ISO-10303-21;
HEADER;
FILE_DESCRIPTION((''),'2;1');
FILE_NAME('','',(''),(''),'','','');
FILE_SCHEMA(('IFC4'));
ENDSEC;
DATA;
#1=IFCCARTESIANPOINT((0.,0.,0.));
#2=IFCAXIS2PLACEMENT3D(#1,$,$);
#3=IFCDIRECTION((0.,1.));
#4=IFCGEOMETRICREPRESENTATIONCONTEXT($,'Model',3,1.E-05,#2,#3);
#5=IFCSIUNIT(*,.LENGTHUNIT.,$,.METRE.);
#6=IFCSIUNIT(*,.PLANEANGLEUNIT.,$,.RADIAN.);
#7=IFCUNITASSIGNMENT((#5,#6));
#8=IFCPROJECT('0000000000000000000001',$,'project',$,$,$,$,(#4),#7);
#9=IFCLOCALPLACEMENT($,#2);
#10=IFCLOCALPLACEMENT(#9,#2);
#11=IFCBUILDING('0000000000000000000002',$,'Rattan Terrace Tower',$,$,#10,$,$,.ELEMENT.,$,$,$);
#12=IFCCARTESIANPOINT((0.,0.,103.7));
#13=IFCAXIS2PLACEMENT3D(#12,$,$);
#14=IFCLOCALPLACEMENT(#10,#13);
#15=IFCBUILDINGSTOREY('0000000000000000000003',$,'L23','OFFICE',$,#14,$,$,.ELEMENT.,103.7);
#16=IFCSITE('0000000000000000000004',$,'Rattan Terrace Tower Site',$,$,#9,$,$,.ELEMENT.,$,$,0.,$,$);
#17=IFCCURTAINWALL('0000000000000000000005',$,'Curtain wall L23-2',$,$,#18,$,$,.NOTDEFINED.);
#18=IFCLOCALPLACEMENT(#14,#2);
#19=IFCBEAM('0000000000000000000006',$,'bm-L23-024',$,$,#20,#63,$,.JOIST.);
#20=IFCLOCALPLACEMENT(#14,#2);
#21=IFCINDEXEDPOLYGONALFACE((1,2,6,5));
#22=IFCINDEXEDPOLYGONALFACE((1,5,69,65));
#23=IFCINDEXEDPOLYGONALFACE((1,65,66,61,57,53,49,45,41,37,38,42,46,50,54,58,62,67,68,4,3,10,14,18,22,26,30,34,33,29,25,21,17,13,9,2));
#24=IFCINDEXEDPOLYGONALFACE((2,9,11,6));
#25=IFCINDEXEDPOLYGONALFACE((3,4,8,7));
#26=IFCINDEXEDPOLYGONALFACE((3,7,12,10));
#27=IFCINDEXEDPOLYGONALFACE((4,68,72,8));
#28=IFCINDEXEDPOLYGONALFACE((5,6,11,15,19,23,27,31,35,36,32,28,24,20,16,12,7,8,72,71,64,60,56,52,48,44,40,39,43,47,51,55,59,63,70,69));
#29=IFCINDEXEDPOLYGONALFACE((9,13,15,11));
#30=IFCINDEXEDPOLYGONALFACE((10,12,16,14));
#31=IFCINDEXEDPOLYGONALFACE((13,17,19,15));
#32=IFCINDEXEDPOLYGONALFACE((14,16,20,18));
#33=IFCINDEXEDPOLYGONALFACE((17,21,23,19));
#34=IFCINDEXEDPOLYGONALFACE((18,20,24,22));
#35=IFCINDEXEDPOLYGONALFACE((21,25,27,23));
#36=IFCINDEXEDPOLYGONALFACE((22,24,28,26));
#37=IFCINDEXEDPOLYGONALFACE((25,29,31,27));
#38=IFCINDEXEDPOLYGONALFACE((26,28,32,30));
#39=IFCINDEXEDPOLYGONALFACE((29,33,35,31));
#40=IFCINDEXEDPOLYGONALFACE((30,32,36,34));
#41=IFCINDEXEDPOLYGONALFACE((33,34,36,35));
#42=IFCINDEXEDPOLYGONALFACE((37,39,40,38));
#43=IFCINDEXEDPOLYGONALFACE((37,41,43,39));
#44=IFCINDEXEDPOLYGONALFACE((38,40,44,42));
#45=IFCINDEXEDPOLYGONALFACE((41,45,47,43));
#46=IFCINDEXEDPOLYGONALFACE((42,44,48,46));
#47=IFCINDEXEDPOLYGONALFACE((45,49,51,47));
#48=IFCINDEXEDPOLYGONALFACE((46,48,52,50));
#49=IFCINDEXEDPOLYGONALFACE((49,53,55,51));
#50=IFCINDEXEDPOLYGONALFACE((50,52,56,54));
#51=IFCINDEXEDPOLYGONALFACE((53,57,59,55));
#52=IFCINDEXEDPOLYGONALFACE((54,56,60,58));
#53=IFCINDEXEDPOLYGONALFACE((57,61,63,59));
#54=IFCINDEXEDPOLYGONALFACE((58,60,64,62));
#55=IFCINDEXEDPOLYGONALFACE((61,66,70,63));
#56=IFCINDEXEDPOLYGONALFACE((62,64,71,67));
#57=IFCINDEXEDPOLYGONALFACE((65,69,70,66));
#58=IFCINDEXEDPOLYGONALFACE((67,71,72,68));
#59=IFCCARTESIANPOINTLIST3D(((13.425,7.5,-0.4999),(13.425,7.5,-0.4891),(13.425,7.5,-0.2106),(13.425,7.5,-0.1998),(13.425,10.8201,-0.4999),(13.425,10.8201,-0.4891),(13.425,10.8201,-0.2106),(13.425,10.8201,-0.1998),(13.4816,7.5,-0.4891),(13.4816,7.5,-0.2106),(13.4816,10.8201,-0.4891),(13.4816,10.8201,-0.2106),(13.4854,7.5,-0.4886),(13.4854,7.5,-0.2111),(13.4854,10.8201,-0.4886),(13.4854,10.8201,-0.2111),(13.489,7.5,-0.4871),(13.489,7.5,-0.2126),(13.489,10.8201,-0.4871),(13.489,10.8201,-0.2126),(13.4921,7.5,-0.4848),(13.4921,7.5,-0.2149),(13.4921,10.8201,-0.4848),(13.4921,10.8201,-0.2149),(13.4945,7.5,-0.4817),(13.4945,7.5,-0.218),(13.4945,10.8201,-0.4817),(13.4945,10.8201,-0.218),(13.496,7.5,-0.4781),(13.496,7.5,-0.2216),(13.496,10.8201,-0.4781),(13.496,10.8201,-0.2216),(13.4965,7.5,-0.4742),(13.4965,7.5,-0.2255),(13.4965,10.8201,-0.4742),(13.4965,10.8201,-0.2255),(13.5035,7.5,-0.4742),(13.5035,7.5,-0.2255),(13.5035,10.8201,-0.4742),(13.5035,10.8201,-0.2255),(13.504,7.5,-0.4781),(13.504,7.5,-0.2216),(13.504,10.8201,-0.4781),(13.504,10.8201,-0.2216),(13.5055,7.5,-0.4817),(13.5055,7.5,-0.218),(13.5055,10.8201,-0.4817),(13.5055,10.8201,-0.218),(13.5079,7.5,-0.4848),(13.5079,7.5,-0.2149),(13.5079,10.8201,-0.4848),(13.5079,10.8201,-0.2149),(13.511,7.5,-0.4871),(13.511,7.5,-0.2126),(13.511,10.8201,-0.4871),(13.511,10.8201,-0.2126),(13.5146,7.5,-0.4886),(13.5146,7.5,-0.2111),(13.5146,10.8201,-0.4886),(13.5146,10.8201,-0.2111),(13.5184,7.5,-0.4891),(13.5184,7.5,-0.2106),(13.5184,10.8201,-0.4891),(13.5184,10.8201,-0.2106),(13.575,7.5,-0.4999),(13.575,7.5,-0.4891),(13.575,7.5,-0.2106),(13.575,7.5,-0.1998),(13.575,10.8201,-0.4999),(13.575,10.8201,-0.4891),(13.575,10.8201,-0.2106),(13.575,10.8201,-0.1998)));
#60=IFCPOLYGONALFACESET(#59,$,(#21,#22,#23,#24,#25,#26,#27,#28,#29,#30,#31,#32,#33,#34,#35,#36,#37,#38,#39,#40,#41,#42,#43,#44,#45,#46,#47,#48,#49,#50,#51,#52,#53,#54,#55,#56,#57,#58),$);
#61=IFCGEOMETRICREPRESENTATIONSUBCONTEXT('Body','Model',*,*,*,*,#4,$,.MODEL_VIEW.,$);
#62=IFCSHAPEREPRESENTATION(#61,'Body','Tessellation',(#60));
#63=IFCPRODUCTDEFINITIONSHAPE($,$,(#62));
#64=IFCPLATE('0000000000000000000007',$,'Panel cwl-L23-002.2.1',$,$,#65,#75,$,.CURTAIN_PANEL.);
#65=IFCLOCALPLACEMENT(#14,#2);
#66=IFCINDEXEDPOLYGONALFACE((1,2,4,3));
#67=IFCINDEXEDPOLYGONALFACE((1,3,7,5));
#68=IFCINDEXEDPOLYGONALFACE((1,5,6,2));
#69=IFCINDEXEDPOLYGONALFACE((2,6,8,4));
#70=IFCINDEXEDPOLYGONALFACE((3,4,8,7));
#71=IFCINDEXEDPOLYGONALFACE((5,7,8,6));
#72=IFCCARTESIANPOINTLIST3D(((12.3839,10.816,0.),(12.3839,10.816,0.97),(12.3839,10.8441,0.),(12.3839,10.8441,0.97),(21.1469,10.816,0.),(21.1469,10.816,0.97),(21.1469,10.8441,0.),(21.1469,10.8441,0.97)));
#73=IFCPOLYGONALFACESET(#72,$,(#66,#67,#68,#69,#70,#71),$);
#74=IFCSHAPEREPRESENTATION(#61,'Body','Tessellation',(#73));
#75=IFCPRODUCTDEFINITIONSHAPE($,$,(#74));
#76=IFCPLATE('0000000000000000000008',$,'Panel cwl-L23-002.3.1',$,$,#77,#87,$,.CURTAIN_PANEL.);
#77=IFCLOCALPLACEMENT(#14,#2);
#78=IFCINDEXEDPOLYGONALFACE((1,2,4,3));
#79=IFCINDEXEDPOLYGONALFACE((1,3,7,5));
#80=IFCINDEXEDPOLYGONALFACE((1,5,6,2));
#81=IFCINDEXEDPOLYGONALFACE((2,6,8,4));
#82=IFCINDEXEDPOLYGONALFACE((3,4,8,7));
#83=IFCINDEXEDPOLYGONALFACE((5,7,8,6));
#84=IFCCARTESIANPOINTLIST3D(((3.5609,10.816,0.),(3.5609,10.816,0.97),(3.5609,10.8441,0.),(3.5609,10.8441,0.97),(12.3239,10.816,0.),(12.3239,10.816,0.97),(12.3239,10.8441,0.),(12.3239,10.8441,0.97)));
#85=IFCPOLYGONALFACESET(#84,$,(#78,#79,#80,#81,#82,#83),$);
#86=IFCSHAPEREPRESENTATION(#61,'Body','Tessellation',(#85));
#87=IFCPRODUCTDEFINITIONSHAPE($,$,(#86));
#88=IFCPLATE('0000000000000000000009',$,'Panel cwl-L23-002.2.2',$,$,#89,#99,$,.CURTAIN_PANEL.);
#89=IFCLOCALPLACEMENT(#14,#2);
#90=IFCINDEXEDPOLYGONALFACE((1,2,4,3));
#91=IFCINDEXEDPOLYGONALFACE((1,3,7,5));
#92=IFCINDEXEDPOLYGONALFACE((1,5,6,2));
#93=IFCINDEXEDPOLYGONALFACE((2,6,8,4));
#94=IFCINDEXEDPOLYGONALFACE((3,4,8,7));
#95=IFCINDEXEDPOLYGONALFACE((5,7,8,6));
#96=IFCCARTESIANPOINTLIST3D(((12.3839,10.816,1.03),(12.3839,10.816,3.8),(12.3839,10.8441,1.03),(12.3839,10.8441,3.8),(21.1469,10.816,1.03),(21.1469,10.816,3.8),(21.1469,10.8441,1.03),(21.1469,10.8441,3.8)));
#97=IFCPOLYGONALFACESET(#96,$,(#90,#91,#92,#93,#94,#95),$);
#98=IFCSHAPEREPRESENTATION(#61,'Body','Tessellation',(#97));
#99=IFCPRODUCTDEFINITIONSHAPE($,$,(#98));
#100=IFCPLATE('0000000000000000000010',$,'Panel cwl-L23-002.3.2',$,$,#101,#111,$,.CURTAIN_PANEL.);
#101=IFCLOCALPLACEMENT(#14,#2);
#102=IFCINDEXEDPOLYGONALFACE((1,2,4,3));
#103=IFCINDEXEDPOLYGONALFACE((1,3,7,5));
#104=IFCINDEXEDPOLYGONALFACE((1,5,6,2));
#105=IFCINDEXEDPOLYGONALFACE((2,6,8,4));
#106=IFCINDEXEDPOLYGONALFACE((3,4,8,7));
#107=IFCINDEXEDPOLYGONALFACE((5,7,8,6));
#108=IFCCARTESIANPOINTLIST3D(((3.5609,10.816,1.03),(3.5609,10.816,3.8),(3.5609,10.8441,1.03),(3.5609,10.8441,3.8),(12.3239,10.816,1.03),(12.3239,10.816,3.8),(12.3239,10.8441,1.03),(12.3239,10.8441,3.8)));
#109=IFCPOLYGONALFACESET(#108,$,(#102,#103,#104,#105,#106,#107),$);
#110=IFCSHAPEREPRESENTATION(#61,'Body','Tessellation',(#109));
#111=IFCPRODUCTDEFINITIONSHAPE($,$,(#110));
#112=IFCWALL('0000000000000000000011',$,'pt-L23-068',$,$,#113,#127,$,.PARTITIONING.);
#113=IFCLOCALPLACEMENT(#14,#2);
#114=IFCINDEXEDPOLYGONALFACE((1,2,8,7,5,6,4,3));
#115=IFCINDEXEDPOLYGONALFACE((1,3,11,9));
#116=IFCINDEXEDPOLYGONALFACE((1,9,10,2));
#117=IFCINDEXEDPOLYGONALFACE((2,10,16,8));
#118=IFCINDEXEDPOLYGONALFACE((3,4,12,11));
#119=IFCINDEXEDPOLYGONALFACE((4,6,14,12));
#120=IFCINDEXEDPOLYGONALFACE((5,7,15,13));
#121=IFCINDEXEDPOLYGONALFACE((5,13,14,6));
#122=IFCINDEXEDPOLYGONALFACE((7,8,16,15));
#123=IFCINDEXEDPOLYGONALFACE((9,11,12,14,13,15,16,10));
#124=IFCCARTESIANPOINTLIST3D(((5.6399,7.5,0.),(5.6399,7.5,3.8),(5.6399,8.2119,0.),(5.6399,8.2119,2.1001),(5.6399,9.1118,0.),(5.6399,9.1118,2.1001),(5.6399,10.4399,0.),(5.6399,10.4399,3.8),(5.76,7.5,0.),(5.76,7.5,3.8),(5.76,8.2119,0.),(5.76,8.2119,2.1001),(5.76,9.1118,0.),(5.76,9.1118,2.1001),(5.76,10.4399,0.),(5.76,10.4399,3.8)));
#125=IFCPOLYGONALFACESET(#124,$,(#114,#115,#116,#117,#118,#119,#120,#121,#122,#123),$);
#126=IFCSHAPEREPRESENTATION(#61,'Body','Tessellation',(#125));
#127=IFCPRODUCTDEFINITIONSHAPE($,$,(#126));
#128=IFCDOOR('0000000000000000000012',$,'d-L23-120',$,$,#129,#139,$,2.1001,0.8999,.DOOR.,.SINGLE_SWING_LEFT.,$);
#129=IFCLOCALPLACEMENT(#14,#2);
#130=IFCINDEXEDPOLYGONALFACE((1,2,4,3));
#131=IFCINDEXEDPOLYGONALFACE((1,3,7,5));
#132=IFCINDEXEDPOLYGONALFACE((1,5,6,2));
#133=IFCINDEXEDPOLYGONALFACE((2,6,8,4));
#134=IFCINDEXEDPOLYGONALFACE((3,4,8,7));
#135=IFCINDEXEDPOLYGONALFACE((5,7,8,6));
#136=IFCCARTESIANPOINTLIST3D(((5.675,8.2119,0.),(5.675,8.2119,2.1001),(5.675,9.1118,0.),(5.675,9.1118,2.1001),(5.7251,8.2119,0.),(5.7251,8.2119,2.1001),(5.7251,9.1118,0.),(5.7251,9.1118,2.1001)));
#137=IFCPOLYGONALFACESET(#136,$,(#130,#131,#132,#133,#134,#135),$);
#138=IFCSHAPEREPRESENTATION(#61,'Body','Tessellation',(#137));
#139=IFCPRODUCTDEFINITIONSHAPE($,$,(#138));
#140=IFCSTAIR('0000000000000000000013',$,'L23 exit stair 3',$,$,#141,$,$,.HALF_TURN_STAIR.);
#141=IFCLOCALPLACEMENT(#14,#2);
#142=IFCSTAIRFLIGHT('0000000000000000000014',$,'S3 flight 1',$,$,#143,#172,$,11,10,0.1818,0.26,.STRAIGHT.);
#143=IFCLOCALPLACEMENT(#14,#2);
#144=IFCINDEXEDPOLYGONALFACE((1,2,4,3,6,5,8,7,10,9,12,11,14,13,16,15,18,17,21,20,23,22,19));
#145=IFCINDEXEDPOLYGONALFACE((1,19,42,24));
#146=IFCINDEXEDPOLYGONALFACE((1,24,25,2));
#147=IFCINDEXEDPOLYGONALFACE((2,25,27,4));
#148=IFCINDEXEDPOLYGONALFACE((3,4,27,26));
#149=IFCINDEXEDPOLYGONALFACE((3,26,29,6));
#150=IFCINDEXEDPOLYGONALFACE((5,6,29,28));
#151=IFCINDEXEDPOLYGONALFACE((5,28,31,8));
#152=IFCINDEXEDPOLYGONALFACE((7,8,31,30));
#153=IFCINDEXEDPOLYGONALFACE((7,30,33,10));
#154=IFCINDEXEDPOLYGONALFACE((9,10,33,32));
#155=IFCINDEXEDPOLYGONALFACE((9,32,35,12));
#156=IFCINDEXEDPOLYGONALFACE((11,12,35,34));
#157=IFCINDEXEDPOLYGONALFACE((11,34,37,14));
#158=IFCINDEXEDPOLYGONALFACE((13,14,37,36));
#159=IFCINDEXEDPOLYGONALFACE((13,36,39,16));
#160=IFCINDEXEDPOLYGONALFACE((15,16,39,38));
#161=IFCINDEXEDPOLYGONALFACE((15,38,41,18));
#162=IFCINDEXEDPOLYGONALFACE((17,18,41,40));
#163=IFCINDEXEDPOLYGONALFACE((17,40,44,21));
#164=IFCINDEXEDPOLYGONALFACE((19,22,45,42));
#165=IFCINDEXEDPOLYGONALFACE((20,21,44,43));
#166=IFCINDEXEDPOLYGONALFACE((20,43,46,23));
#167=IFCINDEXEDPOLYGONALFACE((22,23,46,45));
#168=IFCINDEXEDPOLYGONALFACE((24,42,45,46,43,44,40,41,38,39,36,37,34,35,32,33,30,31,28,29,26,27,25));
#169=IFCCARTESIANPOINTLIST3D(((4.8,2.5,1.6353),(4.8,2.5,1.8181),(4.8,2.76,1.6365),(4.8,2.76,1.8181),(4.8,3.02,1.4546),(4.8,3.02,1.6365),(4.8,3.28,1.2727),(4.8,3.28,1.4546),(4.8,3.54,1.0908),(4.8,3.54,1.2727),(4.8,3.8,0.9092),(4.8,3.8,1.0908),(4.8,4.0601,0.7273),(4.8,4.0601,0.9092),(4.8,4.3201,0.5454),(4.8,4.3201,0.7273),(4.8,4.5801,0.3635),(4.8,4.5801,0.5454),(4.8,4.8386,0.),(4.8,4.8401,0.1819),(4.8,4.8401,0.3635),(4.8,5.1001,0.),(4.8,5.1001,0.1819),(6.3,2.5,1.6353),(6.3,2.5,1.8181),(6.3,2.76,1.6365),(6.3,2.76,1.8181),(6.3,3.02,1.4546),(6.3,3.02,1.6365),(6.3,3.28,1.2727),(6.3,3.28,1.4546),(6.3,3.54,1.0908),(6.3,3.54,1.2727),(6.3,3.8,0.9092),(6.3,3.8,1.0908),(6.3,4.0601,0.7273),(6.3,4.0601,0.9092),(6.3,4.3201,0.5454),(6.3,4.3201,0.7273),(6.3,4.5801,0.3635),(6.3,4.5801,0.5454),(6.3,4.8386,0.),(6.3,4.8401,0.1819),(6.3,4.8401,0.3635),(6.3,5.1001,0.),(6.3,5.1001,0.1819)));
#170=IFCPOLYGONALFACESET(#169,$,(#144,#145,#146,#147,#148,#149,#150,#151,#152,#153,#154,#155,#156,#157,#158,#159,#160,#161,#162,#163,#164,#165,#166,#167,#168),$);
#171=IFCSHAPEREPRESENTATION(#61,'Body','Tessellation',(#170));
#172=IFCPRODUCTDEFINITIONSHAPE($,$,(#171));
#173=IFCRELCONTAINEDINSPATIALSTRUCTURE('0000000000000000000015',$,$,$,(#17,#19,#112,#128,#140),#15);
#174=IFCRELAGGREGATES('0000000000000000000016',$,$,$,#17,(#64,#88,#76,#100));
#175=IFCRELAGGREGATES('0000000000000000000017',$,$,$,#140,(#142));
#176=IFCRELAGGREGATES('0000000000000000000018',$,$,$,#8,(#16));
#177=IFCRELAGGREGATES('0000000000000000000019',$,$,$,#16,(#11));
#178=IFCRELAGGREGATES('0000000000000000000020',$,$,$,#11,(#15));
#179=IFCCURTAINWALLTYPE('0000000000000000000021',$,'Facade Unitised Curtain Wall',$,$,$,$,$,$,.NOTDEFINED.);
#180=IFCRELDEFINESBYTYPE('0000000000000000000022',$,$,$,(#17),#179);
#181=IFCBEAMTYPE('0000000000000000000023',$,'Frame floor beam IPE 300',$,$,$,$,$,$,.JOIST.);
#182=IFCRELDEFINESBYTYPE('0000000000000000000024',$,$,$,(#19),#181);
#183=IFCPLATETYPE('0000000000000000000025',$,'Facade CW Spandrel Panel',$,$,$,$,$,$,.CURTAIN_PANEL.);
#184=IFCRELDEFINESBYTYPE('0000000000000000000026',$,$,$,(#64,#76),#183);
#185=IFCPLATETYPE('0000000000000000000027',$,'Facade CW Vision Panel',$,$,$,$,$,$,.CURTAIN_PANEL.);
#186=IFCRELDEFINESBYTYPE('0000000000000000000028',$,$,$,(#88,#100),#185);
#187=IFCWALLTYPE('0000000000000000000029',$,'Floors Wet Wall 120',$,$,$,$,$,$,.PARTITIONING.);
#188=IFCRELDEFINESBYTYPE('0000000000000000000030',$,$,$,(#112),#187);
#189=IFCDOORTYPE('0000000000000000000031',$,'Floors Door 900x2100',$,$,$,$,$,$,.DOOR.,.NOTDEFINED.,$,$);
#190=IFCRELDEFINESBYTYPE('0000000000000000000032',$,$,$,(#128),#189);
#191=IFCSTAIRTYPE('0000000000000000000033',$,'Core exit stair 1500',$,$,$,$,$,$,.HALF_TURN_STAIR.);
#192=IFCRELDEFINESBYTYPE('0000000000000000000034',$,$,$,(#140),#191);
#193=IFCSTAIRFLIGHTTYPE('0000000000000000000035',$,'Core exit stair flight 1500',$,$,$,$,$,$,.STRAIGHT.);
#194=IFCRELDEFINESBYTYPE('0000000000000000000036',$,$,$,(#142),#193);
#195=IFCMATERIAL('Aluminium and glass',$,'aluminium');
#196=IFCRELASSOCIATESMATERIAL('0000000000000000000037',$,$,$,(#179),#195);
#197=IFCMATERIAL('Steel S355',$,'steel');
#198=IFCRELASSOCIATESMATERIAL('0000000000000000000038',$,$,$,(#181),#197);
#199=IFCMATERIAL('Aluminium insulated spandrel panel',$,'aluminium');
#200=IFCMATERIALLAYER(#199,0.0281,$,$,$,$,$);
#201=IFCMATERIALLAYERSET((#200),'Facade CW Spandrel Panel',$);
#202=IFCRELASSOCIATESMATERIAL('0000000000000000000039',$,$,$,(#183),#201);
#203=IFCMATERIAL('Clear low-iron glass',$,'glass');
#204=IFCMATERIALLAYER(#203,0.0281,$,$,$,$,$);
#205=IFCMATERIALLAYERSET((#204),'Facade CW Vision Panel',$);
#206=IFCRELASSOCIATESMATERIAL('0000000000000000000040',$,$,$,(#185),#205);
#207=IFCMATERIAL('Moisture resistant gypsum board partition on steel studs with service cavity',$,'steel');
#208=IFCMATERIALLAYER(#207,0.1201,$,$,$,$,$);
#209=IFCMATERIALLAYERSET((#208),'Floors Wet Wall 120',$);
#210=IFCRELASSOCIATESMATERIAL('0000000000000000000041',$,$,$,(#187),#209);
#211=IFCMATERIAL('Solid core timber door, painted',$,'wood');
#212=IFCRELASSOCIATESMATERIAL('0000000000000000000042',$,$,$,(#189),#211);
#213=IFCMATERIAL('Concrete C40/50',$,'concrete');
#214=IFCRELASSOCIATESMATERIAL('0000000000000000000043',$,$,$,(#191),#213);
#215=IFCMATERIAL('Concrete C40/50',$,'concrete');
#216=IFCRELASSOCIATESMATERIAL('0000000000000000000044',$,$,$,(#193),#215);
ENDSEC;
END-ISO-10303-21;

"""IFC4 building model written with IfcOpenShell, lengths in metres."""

from ifc_helpers import new_model, si_unit, direction, frame, frame_2d, origin, origin_2d, place, context, subcontext, project, spatial, polyline, rectangle, i_section, outline, extrude, material, layer, layer_set, material_profile, profile_set, type_object, element, fill, aggregate, save


model = new_model("IFC4")

# Units and contexts
model_context = context("Model", 3, precision=1e-05, world=origin(), true_north=direction((0.0, 1.0)))
body_context = subcontext(model_context, "Body", "Model", "MODEL_VIEW")
ifc_project = project(units=[si_unit("LENGTHUNIT", "METRE"), si_unit("PLANEANGLEUNIT", "RADIAN")], contexts=[model_context])

# Site, building, storey
site_placement = place(None, origin())
site = spatial("IfcSite", under=ifc_project, at=site_placement, Name="Rattan Terrace Tower Site", CompositionType="ELEMENT", RefElevation=0.0)
building_placement = place(site_placement, origin())
building = spatial("IfcBuilding", under=site, at=building_placement, Name="Rattan Terrace Tower", CompositionType="ELEMENT")
storey_placement = place(building_placement, frame((0.0, 0.0, 103.7)))
storey = spatial("IfcBuildingStorey", under=building, at=storey_placement, Name="L23", Description="OFFICE", CompositionType="ELEMENT", Elevation=103.7)

# Curtain wall
ifc_material_1 = material(Name="Aluminium and glass", Category="aluminium")
curtain_wall_type = type_object("IfcCurtainWallType", Name="Facade Unitised Curtain Wall", PredefinedType="NOTDEFINED", material=ifc_material_1)
curtain_wall_placement = place(storey_placement, origin())
curtain_wall = element("IfcCurtainWall", 1, at=curtain_wall_placement, inside=storey, type_object=curtain_wall_type, Name="Curtain wall L23-2", PredefinedType="NOTDEFINED")

# Beam
ifc_material_2 = material(Name="Steel S355", Category="steel")
ifc_material_profile_1 = material_profile(ifc_material_2, i_section(OverallWidth=0.1499, OverallDepth=0.3, WebThickness=0.0071, FlangeThickness=0.0107, FilletRadius=0.0149, at=origin_2d()), Name="IPE 300")
ifc_profile_set_1 = profile_set([ifc_material_profile_1], Name="Steel S355")
beam_type_1 = type_object("IfcBeamType", Name="Frame floor beam IPE 300", PredefinedType="JOIST", material=ifc_profile_set_1)
for number, where, z_axis, x_axis, name in (
    (2, (13.5, 7.5, -0.3499), (0.0, 1.0, 0.0), (-1.0, 0.0, 0.0), "bm-L23-024"),
):
    element("IfcBeam", number, at=place(storey_placement, frame(where, z_axis=z_axis, x_axis=x_axis)), inside=storey, type_object=beam_type_1, Name=name, PredefinedType="JOIST", context=body_context, shape_type="SweptSolid", body=[
        extrude(i_section(OverallWidth=0.1499, OverallDepth=0.3, WebThickness=0.0071, FlangeThickness=0.0107, FilletRadius=0.0149, at=origin_2d()), origin(), (0.0, 0.0, 1.0), 3.3201),
    ])

# Plates
ifc_material_3 = material(Name="Aluminium insulated spandrel panel", Category="aluminium")
ifc_layer_1 = layer(ifc_material_3, 0.0281)
ifc_layer_set_1 = layer_set([ifc_layer_1], Name="Facade CW Spandrel Panel")
plate_type_1 = type_object("IfcPlateType", Name="Facade CW Spandrel Panel", PredefinedType="CURTAIN_PANEL", material=ifc_layer_set_1)
plate_1_placement = place(storey_placement, frame((16.7654, 10.8301, 0.0), z_axis=(0.0, 0.0, 1.0), x_axis=(-1.0, 0.0, 0.0)))
plate_1 = element("IfcPlate", 3, at=plate_1_placement, type_object=plate_type_1, Name="Panel cwl-L23-002.2.1", PredefinedType="CURTAIN_PANEL", context=body_context, shape_type="SweptSolid", body=[
    extrude(rectangle(XDim=8.7629, YDim=0.0281, at=origin_2d()), origin(), (0.0, 0.0, 1.0), 0.97),
])
plate_2_placement = place(storey_placement, frame((7.9424, 10.8301, 0.0), z_axis=(0.0, 0.0, 1.0), x_axis=(-1.0, 0.0, 0.0)))
plate_2 = element("IfcPlate", 4, at=plate_2_placement, type_object=plate_type_1, Name="Panel cwl-L23-002.3.1", PredefinedType="CURTAIN_PANEL", context=body_context, shape_type="SweptSolid", body=[
    extrude(rectangle(XDim=8.7629, YDim=0.0281, at=origin_2d()), origin(), (0.0, 0.0, 1.0), 0.97),
])
ifc_material_4 = material(Name="Clear low-iron glass", Category="glass")
ifc_layer_2 = layer(ifc_material_4, 0.0281)
ifc_layer_set_2 = layer_set([ifc_layer_2], Name="Facade CW Vision Panel")
plate_type_2 = type_object("IfcPlateType", Name="Facade CW Vision Panel", PredefinedType="CURTAIN_PANEL", material=ifc_layer_set_2)
plate_3_placement = place(storey_placement, frame((16.7654, 10.8301, 1.03), z_axis=(0.0, 0.0, 1.0), x_axis=(-1.0, 0.0, 0.0)))
plate_3 = element("IfcPlate", 5, at=plate_3_placement, type_object=plate_type_2, Name="Panel cwl-L23-002.2.2", PredefinedType="CURTAIN_PANEL", context=body_context, shape_type="SweptSolid", body=[
    extrude(rectangle(XDim=8.7629, YDim=0.0281, at=origin_2d()), origin(), (0.0, 0.0, 1.0), 2.77),
])
plate_4_placement = place(storey_placement, frame((7.9424, 10.8301, 1.03), z_axis=(0.0, 0.0, 1.0), x_axis=(-1.0, 0.0, 0.0)))
plate_4 = element("IfcPlate", 6, at=plate_4_placement, type_object=plate_type_2, Name="Panel cwl-L23-002.3.2", PredefinedType="CURTAIN_PANEL", context=body_context, shape_type="SweptSolid", body=[
    extrude(rectangle(XDim=8.7629, YDim=0.0281, at=origin_2d()), origin(), (0.0, 0.0, 1.0), 2.77),
])
aggregate(curtain_wall, [plate_1, plate_3, plate_2, plate_4])

# Shared definitions
ifc_material_5 = material(Name="Moisture resistant gypsum board partition on steel studs with service cavity", Category="steel")
ifc_layer_3 = layer(ifc_material_5, 0.1201)
ifc_layer_set_3 = layer_set([ifc_layer_3], Name="Floors Wet Wall 120")
wall_type = type_object("IfcWallType", Name="Floors Wet Wall 120", PredefinedType="PARTITIONING", material=ifc_layer_set_3)

# Wall, opening, door
wall_1_placement = place(storey_placement, frame((5.7, 7.5, 0.0), z_axis=(0.0, 0.0, 1.0), x_axis=(0.0, 1.0, 0.0)))
wall_1 = element("IfcWall", 7, at=wall_1_placement, inside=storey, type_object=wall_type, Name="pt-L23-068", PredefinedType="PARTITIONING", context=body_context, shape_type="SweptSolid", body=[
    extrude(rectangle(XDim=2.9399, YDim=0.1201, at=frame_2d((1.47, 0.0))), origin(), (0.0, 0.0, 1.0), 3.8),
])
opening_placement = place(wall_1_placement, frame((0.7119, 0.0, 0.0)))
opening = element("IfcOpeningElement", 8, at=opening_placement, cuts=wall_1, PredefinedType="OPENING", context=body_context, shape_type="SweptSolid", body=[
    extrude(rectangle(XDim=0.8999, YDim=2.1001, at=frame_2d((0.45, 1.05))), frame((0.0, 0.0706, 0.0), z_axis=(0.0, -1.0, 0.0), x_axis=(1.0, 0.0, 0.0)), (0.0, 0.0, 1.0), 0.1411),
])
ifc_material_6 = material(Name="Solid core timber door, painted", Category="wood")
door_type = type_object("IfcDoorType", Name="Floors Door 900x2100", OperationType="NOTDEFINED", PredefinedType="DOOR", material=ifc_material_6)
door_placement = place(opening_placement, origin())
door = element("IfcDoor", 9, at=door_placement, inside=storey, type_object=door_type, Name="d-L23-120", OperationType="SINGLE_SWING_LEFT", OverallHeight=2.1001, OverallWidth=0.8999, PredefinedType="DOOR", context=body_context, shape_type="SweptSolid", body=[
    extrude(rectangle(XDim=0.8999, YDim=2.1001, at=frame_2d((0.45, 1.05))), frame((0.0, 0.0249, 0.0), z_axis=(0.0, -1.0, 0.0), x_axis=(1.0, 0.0, 0.0)), (0.0, 0.0, 1.0), 0.05),
])
fill(opening, door)

# Stair, stair flight
ifc_material_7 = material(Name="Concrete C40/50", Category="concrete")
stair_type = type_object("IfcStairType", Name="Core exit stair 1500", PredefinedType="HALF_TURN_STAIR", material=ifc_material_7)
stair_placement = place(storey_placement, origin())
stair = element("IfcStair", 10, at=stair_placement, inside=storey, type_object=stair_type, Name="L23 exit stair 3", PredefinedType="HALF_TURN_STAIR")
ifc_material_8 = material(Name="Concrete C40/50", Category="concrete")
stair_flight_type = type_object("IfcStairFlightType", Name="Core exit stair flight 1500", PredefinedType="STRAIGHT", material=ifc_material_8)
stair_flight_placement = place(storey_placement, frame((5.55, 5.1001, 0.0), z_axis=(0.0, 0.0, 1.0), x_axis=(0.0, -1.0, 0.0)))
stair_flight = element("IfcStairFlight", 11, at=stair_flight_placement, type_object=stair_flight_type, Name="S3 flight 1", NumberOfRisers=11, NumberOfTreads=10, PredefinedType="STRAIGHT", RiserHeight=0.1818, TreadLength=0.26, context=body_context, shape_type="SweptSolid", body=[
    extrude(outline(polyline([(0.0, 0.0), (0.0, 0.1819), (0.26, 0.1819), (0.26, 0.3635), (0.52, 0.3635), (0.52, 0.5454), (0.78, 0.5454), (0.78, 0.7273), (1.04, 0.7273), (1.04, 0.9092), (1.3, 0.9092), (1.3, 1.0908), (1.5601, 1.0908), (1.5601, 1.2727), (1.8201, 1.2727), (1.8201, 1.4546), (2.0801, 1.4546), (2.0801, 1.6365), (2.3401, 1.6365), (2.3401, 1.8181), (2.6001, 1.8181), (2.6001, 2.0), (2.6001, 1.6353), (0.2615, 0.0), (0.0, 0.0)])), frame((0.0, 0.75, 0.0), z_axis=(0.0, -1.0, 0.0), x_axis=(1.0, 0.0, 0.0)), (0.0, 0.0, 1.0), 1.5),
])
aggregate(stair, [stair_flight])

save(model, "model.ifc")
